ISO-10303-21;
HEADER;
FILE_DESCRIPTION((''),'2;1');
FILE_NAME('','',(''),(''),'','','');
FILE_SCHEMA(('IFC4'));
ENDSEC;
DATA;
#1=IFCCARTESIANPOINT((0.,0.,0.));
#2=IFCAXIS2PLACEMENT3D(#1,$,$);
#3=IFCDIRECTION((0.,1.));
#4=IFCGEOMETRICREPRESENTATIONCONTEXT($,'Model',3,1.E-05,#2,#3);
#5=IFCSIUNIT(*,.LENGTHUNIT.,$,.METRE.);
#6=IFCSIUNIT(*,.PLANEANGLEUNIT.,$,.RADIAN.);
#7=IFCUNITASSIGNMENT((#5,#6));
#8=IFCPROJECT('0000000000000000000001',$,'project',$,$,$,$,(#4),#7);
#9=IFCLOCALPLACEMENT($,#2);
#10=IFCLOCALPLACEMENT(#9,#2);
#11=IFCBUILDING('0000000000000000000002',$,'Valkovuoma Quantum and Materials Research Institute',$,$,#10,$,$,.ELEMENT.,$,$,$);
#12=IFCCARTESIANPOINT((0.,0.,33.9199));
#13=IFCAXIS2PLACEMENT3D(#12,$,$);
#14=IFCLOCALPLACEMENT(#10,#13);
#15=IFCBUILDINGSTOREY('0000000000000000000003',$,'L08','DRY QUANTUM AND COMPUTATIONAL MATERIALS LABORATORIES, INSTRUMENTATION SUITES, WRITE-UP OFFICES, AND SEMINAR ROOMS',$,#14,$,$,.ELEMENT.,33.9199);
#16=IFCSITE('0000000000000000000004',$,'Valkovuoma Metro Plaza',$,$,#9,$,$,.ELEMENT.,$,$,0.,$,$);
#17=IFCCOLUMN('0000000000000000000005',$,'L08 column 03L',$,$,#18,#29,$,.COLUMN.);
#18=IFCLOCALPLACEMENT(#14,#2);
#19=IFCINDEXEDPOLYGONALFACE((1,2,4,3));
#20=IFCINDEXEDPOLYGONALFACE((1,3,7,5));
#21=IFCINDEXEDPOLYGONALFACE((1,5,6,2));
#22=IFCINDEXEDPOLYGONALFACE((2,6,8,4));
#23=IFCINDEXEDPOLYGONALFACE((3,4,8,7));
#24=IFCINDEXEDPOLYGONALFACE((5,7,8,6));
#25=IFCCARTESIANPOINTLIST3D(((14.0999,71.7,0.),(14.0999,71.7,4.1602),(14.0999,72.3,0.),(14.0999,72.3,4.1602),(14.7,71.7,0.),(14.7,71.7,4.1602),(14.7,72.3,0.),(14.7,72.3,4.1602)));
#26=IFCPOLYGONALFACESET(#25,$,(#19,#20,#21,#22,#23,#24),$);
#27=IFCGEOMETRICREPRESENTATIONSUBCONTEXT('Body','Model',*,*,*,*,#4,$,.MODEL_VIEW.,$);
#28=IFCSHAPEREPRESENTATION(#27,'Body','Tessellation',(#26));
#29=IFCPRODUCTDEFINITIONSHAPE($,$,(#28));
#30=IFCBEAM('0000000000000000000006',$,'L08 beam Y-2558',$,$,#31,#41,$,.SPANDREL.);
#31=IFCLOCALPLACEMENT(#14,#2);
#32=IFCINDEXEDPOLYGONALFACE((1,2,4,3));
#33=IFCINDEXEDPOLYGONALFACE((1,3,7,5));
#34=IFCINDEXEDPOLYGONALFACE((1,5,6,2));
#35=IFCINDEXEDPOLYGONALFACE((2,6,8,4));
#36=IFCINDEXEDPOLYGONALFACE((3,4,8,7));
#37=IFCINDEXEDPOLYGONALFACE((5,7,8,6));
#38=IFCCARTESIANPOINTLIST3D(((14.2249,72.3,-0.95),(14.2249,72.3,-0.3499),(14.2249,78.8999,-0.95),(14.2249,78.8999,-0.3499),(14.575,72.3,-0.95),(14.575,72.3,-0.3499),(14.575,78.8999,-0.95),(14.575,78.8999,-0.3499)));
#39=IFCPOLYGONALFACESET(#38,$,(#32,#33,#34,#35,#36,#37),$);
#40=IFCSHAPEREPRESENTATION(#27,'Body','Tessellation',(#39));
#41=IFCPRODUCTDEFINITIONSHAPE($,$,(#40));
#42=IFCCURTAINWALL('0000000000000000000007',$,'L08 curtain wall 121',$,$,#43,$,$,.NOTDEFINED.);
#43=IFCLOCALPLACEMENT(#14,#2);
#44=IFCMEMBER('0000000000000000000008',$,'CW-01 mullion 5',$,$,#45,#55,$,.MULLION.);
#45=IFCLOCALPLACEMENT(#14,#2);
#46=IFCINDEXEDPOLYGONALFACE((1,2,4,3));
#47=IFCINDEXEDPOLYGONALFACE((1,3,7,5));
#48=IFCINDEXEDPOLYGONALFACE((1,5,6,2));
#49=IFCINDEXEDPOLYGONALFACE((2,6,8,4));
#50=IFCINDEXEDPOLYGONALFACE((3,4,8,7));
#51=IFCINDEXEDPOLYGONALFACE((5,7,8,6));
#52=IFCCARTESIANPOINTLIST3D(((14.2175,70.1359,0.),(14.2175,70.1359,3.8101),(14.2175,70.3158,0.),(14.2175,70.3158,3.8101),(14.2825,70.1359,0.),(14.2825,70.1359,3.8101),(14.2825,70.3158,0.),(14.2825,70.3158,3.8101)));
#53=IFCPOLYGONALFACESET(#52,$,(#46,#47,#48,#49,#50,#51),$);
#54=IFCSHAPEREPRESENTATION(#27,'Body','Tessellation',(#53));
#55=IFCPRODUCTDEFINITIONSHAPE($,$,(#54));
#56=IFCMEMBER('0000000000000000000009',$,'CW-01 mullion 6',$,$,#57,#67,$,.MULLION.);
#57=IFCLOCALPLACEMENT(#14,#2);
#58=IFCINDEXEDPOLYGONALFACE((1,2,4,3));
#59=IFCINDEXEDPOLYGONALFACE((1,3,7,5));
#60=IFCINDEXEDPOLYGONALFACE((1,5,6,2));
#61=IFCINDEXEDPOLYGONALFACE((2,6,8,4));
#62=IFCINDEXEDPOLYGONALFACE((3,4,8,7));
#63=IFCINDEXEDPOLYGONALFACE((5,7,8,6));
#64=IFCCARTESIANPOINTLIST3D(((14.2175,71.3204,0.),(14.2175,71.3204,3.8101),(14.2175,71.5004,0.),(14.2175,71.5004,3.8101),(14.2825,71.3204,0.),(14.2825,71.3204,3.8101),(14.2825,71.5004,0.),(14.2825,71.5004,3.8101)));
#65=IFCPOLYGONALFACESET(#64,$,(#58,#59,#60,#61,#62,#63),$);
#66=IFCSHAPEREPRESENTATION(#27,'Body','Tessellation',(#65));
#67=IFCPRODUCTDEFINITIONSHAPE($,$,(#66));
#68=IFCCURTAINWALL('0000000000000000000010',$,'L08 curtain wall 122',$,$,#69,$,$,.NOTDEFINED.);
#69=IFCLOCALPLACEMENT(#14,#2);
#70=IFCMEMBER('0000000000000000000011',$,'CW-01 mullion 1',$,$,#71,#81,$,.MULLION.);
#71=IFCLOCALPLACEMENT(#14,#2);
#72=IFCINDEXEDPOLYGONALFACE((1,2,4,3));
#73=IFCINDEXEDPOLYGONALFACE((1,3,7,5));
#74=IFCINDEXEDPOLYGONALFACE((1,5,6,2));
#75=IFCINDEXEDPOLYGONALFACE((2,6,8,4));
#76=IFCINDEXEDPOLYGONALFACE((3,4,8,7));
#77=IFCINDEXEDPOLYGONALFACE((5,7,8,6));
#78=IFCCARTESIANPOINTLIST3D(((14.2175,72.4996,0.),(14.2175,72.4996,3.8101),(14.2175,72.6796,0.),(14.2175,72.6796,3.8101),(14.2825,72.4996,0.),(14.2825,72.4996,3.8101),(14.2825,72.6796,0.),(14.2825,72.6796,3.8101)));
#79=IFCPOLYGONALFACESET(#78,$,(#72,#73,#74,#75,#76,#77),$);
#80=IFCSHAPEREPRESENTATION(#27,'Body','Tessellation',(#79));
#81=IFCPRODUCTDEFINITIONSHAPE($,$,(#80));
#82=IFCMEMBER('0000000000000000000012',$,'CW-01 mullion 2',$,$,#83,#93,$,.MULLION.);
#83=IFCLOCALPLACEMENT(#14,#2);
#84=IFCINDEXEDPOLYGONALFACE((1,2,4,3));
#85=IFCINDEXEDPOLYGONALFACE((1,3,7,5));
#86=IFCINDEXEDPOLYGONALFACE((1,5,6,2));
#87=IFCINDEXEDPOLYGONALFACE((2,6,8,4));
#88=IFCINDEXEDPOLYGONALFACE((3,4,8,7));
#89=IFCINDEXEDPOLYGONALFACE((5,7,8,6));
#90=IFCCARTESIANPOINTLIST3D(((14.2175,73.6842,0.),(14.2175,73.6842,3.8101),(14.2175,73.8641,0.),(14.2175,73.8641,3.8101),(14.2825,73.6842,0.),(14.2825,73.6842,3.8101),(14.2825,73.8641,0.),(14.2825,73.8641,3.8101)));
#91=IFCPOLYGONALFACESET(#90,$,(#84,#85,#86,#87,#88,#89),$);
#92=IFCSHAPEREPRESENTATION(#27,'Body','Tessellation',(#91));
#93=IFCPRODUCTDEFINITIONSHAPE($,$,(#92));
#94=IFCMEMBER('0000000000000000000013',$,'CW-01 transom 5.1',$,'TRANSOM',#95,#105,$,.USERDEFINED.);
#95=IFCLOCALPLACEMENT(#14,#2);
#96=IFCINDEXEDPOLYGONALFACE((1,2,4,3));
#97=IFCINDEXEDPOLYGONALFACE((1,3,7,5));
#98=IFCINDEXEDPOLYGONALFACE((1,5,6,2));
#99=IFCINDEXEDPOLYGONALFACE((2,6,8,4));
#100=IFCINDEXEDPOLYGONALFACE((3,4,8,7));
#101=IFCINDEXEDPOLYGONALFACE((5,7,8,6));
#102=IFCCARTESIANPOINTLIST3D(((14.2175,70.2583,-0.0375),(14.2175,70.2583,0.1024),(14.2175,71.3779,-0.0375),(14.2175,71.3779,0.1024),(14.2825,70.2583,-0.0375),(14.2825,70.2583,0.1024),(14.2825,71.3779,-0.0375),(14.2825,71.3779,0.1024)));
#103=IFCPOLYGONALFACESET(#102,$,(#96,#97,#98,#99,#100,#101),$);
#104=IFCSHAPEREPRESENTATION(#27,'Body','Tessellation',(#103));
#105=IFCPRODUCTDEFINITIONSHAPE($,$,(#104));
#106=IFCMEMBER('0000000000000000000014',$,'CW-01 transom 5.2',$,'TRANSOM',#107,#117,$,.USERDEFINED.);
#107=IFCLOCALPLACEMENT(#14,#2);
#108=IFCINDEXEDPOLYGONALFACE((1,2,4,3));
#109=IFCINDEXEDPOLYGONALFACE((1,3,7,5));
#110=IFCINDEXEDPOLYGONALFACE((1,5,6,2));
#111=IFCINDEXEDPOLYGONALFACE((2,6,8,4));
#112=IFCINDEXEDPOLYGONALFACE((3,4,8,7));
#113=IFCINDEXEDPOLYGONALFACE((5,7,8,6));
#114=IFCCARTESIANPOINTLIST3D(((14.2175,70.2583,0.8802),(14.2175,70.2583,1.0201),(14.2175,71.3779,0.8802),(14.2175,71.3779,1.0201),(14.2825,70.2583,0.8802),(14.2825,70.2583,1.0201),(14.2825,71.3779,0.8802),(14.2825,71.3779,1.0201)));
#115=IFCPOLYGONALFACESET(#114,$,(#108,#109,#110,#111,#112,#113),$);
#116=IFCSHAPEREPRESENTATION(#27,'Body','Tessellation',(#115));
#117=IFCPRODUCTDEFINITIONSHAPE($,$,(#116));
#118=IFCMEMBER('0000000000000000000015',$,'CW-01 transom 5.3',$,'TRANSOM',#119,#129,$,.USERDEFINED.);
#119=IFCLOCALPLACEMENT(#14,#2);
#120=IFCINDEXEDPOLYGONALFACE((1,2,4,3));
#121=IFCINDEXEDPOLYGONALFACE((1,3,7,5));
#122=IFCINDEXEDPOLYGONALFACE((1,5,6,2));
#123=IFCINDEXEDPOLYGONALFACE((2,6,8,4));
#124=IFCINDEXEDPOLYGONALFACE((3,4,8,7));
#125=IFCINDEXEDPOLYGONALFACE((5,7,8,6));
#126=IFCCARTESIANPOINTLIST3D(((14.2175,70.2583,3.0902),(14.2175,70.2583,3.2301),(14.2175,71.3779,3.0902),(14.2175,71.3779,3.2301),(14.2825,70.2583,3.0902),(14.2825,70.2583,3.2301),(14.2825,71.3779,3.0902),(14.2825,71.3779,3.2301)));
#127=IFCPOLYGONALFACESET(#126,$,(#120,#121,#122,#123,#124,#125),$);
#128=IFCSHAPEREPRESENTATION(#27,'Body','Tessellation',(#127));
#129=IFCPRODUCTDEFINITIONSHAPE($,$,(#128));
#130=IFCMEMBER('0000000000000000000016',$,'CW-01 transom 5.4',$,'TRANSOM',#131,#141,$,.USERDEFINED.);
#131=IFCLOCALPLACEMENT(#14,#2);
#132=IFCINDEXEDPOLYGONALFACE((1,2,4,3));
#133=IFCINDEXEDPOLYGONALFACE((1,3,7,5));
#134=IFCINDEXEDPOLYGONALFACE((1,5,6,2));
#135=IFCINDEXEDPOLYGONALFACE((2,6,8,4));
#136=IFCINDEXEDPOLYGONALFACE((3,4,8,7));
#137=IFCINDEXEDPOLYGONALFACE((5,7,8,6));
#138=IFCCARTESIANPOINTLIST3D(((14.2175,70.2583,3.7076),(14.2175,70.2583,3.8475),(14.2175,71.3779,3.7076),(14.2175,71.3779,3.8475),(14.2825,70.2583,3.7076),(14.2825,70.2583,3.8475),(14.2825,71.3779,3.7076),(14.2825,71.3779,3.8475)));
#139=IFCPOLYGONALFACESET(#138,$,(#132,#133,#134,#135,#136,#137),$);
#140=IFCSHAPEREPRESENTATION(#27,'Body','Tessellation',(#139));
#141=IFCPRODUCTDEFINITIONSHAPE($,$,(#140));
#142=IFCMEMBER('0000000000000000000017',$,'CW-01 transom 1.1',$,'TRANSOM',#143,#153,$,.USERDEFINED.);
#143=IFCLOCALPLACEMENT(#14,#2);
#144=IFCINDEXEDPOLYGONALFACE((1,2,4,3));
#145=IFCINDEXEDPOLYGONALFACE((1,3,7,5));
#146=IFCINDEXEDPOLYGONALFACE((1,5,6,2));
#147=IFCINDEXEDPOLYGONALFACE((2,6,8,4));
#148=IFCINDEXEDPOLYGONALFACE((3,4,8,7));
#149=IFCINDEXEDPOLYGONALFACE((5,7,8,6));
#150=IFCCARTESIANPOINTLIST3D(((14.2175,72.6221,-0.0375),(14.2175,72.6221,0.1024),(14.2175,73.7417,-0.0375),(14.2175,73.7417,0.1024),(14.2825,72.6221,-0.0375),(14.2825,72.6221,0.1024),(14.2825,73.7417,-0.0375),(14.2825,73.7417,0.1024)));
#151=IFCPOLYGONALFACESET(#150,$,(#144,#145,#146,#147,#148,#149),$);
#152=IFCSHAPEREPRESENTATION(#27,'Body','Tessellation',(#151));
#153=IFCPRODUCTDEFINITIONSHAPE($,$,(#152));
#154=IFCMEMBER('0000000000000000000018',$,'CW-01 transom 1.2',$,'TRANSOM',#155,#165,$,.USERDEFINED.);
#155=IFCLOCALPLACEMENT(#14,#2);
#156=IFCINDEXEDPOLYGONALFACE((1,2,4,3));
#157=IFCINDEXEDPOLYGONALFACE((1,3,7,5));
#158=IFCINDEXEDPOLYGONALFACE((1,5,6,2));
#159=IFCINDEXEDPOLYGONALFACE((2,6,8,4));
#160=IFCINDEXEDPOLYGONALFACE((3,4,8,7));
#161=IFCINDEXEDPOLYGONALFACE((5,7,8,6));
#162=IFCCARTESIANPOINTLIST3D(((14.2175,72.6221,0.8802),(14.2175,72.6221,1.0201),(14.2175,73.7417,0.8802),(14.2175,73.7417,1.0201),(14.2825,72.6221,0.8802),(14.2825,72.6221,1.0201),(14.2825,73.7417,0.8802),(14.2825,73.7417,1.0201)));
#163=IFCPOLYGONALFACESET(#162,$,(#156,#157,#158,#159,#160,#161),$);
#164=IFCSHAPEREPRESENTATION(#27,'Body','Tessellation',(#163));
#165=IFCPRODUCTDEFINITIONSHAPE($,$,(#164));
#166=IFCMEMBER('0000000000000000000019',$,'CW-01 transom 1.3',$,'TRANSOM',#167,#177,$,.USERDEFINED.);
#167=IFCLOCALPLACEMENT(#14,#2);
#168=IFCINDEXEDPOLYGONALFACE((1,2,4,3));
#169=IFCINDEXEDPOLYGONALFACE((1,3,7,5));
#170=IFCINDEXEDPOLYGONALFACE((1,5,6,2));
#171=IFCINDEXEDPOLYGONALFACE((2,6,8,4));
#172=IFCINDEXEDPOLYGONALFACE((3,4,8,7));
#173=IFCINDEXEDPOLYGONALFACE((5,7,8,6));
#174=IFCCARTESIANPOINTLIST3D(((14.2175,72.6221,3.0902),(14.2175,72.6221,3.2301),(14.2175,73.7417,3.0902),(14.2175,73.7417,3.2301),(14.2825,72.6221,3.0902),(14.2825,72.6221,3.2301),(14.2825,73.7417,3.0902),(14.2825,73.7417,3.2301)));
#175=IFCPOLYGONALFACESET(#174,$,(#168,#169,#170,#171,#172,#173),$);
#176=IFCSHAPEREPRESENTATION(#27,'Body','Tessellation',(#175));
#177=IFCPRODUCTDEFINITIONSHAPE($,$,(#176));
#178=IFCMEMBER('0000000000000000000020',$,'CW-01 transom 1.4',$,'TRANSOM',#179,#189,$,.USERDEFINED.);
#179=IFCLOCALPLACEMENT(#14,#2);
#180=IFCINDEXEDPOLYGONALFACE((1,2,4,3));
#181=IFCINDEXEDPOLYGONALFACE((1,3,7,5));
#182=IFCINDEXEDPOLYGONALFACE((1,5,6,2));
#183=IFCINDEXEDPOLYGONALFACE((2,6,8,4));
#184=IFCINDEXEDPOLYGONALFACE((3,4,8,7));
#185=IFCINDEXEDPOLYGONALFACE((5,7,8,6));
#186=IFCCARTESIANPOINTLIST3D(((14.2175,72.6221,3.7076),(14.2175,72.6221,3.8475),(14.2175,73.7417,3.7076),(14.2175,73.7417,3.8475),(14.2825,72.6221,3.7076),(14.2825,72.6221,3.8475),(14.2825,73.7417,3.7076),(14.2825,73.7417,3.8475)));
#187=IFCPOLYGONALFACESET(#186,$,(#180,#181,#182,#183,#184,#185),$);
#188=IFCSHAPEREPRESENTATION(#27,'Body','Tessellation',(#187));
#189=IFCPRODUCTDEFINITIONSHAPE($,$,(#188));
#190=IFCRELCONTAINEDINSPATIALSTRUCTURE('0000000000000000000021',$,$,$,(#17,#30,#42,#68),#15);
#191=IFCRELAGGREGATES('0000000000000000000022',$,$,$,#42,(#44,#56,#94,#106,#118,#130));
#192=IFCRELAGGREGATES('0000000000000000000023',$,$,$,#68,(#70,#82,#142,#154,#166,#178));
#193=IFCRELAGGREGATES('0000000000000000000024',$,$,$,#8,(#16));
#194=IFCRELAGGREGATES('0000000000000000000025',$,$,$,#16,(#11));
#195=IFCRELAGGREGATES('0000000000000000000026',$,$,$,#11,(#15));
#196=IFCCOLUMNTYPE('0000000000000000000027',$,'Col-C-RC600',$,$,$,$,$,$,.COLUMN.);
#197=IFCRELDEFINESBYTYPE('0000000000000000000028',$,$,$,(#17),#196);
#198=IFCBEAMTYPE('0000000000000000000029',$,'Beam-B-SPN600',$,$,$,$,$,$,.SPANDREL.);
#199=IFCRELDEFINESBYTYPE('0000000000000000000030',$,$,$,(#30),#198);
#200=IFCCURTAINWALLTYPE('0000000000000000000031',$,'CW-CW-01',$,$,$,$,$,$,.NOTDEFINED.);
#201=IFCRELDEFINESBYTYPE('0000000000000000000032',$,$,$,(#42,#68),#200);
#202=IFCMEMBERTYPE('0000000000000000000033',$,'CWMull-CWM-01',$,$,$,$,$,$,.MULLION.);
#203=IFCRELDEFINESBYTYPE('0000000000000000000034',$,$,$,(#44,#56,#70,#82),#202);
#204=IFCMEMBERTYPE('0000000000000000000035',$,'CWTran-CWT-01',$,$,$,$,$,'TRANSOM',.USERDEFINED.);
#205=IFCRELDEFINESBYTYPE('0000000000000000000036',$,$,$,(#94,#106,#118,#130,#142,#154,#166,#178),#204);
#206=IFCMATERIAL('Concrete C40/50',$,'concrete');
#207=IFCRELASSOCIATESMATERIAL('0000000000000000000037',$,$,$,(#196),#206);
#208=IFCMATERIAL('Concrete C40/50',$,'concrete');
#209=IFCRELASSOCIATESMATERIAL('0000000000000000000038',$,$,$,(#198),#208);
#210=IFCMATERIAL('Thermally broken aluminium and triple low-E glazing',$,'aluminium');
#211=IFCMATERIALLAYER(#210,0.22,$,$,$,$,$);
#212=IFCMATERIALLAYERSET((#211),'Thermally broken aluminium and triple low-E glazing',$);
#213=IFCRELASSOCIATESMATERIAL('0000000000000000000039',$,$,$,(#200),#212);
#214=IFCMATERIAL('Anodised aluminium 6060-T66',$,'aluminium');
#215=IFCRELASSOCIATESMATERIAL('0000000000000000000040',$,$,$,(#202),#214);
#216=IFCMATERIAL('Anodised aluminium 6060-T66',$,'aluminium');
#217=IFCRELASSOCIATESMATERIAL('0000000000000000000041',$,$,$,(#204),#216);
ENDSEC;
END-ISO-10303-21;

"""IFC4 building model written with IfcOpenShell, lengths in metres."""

from ifc_helpers import new_model, si_unit, direction, frame, origin, origin_2d, place, context, subcontext, project, spatial, rectangle, extrude, material, layer, layer_set, material_profile, profile_set, type_object, element, aggregate, save


model = new_model("IFC4")

# Units and contexts
model_context = context("Model", 3, precision=1e-05, world=origin(), true_north=direction((0.0, 1.0)))
body_context = subcontext(model_context, "Body", "Model", "MODEL_VIEW")
ifc_project = project(units=[si_unit("LENGTHUNIT", "METRE"), si_unit("PLANEANGLEUNIT", "RADIAN")], contexts=[model_context])

# Site, building, storey
site_placement = place(None, origin())
site = spatial("IfcSite", under=ifc_project, at=site_placement, Name="Valkovuoma Metro Plaza", CompositionType="ELEMENT", RefElevation=0.0)
building_placement = place(site_placement, origin())
building = spatial("IfcBuilding", under=site, at=building_placement, Name="Valkovuoma Quantum and Materials Research Institute", CompositionType="ELEMENT")
storey_placement = place(building_placement, frame((0.0, 0.0, 33.9199)))
storey = spatial("IfcBuildingStorey", under=building, at=storey_placement, Name="L08", Description="DRY QUANTUM AND COMPUTATIONAL MATERIALS LABORATORIES, INSTRUMENTATION SUITES, WRITE-UP OFFICES, AND SEMINAR ROOMS", CompositionType="ELEMENT", Elevation=33.9199)

# Column
ifc_material_1 = material(Name="Concrete C40/50", Category="concrete")
ifc_material_profile_1 = material_profile(ifc_material_1, rectangle(XDim=0.6001, YDim=0.6001, at=origin_2d()), Name="Concrete C40/50")
ifc_profile_set_1 = profile_set([ifc_material_profile_1], Name="Concrete C40/50")
column_type = type_object("IfcColumnType", Name="Col-C-RC600", PredefinedType="COLUMN", material=ifc_profile_set_1)
column_placement = place(storey_placement, frame((14.3999, 72.0, 0.0), z_axis=(0.0, 0.0, 1.0), x_axis=(1.0, 0.0, 0.0)))
element("IfcColumn", 1, at=column_placement, inside=storey, type_object=column_type, Name="L08 column 03L", PredefinedType="COLUMN", context=body_context, shape_type="SweptSolid", body=[
    extrude(rectangle(XDim=0.6001, YDim=0.6001, at=origin_2d()), origin(), (0.0, 0.0, 1.0), 4.1602),
])

# Beam
ifc_material_2 = material(Name="Concrete C40/50", Category="concrete")
ifc_material_profile_2 = material_profile(ifc_material_2, rectangle(XDim=0.3501, YDim=0.6001, at=origin_2d()), Name="Concrete C40/50")
ifc_profile_set_2 = profile_set([ifc_material_profile_2], Name="Concrete C40/50")
beam_type = type_object("IfcBeamType", Name="Beam-B-SPN600", PredefinedType="SPANDREL", material=ifc_profile_set_2)
beam_placement = place(storey_placement, frame((14.3999, 72.3, -0.6499), z_axis=(0.0, 1.0, 0.0), x_axis=(-1.0, 0.0, 0.0)))
element("IfcBeam", 2, at=beam_placement, inside=storey, type_object=beam_type, Name="L08 beam Y-2558", PredefinedType="SPANDREL", context=body_context, shape_type="SweptSolid", body=[
    extrude(rectangle(XDim=0.3501, YDim=0.6001, at=origin_2d()), origin(), (0.0, 0.0, 1.0), 6.5999),
])

# Curtain walls, members
ifc_material_3 = material(Name="Thermally broken aluminium and triple low-E glazing", Category="aluminium")
ifc_layer_1 = layer(ifc_material_3, 0.22)
ifc_layer_set_1 = layer_set([ifc_layer_1], Name="Thermally broken aluminium and triple low-E glazing")
curtain_wall_type = type_object("IfcCurtainWallType", Name="CW-CW-01", PredefinedType="NOTDEFINED", material=ifc_layer_set_1)
curtain_wall_1_placement = place(storey_placement, origin())
curtain_wall_1 = element("IfcCurtainWall", 3, at=curtain_wall_1_placement, inside=storey, type_object=curtain_wall_type, Name="L08 curtain wall 121", PredefinedType="NOTDEFINED")
ifc_material_4 = material(Name="Anodised aluminium 6060-T66", Category="aluminium")
ifc_material_profile_3 = material_profile(ifc_material_4, rectangle(XDim=0.0649, YDim=0.1799, at=origin_2d()), Name="Anodised aluminium 6060-T66")
ifc_profile_set_3 = profile_set([ifc_material_profile_3], Name="Anodised aluminium 6060-T66")
member_type_1 = type_object("IfcMemberType", Name="CWMull-CWM-01", PredefinedType="MULLION", material=ifc_profile_set_3)
member_1_placement = place(storey_placement, frame((14.25, 70.2258, 0.0), z_axis=(0.0, 0.0, 1.0), x_axis=(-1.0, 0.0, 0.0)))
member_1 = element("IfcMember", 4, at=member_1_placement, type_object=member_type_1, Name="CW-01 mullion 5", PredefinedType="MULLION", context=body_context, shape_type="SweptSolid", body=[
    extrude(rectangle(XDim=0.0649, YDim=0.1799, at=origin_2d()), origin(), (0.0, 0.0, 1.0), 3.8101),
])
member_2_placement = place(storey_placement, frame((14.25, 71.4104, 0.0), z_axis=(0.0, 0.0, 1.0), x_axis=(-1.0, 0.0, 0.0)))
member_2 = element("IfcMember", 5, at=member_2_placement, type_object=member_type_1, Name="CW-01 mullion 6", PredefinedType="MULLION", context=body_context, shape_type="SweptSolid", body=[
    extrude(rectangle(XDim=0.0649, YDim=0.1799, at=origin_2d()), origin(), (0.0, 0.0, 1.0), 3.8101),
])
curtain_wall_2_placement = place(storey_placement, origin())
curtain_wall_2 = element("IfcCurtainWall", 6, at=curtain_wall_2_placement, inside=storey, type_object=curtain_wall_type, Name="L08 curtain wall 122", PredefinedType="NOTDEFINED")
member_3_placement = place(storey_placement, frame((14.25, 72.5896, 0.0), z_axis=(0.0, 0.0, 1.0), x_axis=(-1.0, 0.0, 0.0)))
member_3 = element("IfcMember", 7, at=member_3_placement, type_object=member_type_1, Name="CW-01 mullion 1", PredefinedType="MULLION", context=body_context, shape_type="SweptSolid", body=[
    extrude(rectangle(XDim=0.0649, YDim=0.1799, at=origin_2d()), origin(), (0.0, 0.0, 1.0), 3.8101),
])
member_4_placement = place(storey_placement, frame((14.25, 73.7742, 0.0), z_axis=(0.0, 0.0, 1.0), x_axis=(-1.0, 0.0, 0.0)))
member_4 = element("IfcMember", 8, at=member_4_placement, type_object=member_type_1, Name="CW-01 mullion 2", PredefinedType="MULLION", context=body_context, shape_type="SweptSolid", body=[
    extrude(rectangle(XDim=0.0649, YDim=0.1799, at=origin_2d()), origin(), (0.0, 0.0, 1.0), 3.8101),
])

# Members
ifc_material_5 = material(Name="Anodised aluminium 6060-T66", Category="aluminium")
ifc_material_profile_4 = material_profile(ifc_material_5, rectangle(XDim=0.0649, YDim=0.1399, at=origin_2d()), Name="Anodised aluminium 6060-T66")
ifc_profile_set_4 = profile_set([ifc_material_profile_4], Name="Anodised aluminium 6060-T66")
member_type_2 = type_object("IfcMemberType", Name="CWTran-CWT-01", ElementType="TRANSOM", PredefinedType="USERDEFINED", material=ifc_profile_set_4)
member_5_placement = place(storey_placement, frame((14.25, 70.2583, 0.0325), z_axis=(0.0, 1.0, 0.0), x_axis=(-1.0, 0.0, 0.0)))
member_5 = element("IfcMember", 9, at=member_5_placement, type_object=member_type_2, Name="CW-01 transom 5.1", ObjectType="TRANSOM", PredefinedType="USERDEFINED", context=body_context, shape_type="SweptSolid", body=[
    extrude(rectangle(XDim=0.0649, YDim=0.1399, at=origin_2d()), origin(), (0.0, 0.0, 1.0), 1.1196),
])
member_6_placement = place(storey_placement, frame((14.25, 70.2583, 0.9502), z_axis=(0.0, 1.0, 0.0), x_axis=(-1.0, 0.0, 0.0)))
member_6 = element("IfcMember", 10, at=member_6_placement, type_object=member_type_2, Name="CW-01 transom 5.2", ObjectType="TRANSOM", PredefinedType="USERDEFINED", context=body_context, shape_type="SweptSolid", body=[
    extrude(rectangle(XDim=0.0649, YDim=0.1399, at=origin_2d()), origin(), (0.0, 0.0, 1.0), 1.1196),
])
member_7_placement = place(storey_placement, frame((14.25, 70.2583, 3.1602), z_axis=(0.0, 1.0, 0.0), x_axis=(-1.0, 0.0, 0.0)))
member_7 = element("IfcMember", 11, at=member_7_placement, type_object=member_type_2, Name="CW-01 transom 5.3", ObjectType="TRANSOM", PredefinedType="USERDEFINED", context=body_context, shape_type="SweptSolid", body=[
    extrude(rectangle(XDim=0.0649, YDim=0.1399, at=origin_2d()), origin(), (0.0, 0.0, 1.0), 1.1196),
])
member_8_placement = place(storey_placement, frame((14.25, 70.2583, 3.7776), z_axis=(0.0, 1.0, 0.0), x_axis=(-1.0, 0.0, 0.0)))
member_8 = element("IfcMember", 12, at=member_8_placement, type_object=member_type_2, Name="CW-01 transom 5.4", ObjectType="TRANSOM", PredefinedType="USERDEFINED", context=body_context, shape_type="SweptSolid", body=[
    extrude(rectangle(XDim=0.0649, YDim=0.1399, at=origin_2d()), origin(), (0.0, 0.0, 1.0), 1.1196),
])
member_9_placement = place(storey_placement, frame((14.25, 72.6221, 0.0325), z_axis=(0.0, 1.0, 0.0), x_axis=(-1.0, 0.0, 0.0)))
member_9 = element("IfcMember", 13, at=member_9_placement, type_object=member_type_2, Name="CW-01 transom 1.1", ObjectType="TRANSOM", PredefinedType="USERDEFINED", context=body_context, shape_type="SweptSolid", body=[
    extrude(rectangle(XDim=0.0649, YDim=0.1399, at=origin_2d()), origin(), (0.0, 0.0, 1.0), 1.1196),
])
member_10_placement = place(storey_placement, frame((14.25, 72.6221, 0.9502), z_axis=(0.0, 1.0, 0.0), x_axis=(-1.0, 0.0, 0.0)))
member_10 = element("IfcMember", 14, at=member_10_placement, type_object=member_type_2, Name="CW-01 transom 1.2", ObjectType="TRANSOM", PredefinedType="USERDEFINED", context=body_context, shape_type="SweptSolid", body=[
    extrude(rectangle(XDim=0.0649, YDim=0.1399, at=origin_2d()), origin(), (0.0, 0.0, 1.0), 1.1196),
])
member_11_placement = place(storey_placement, frame((14.25, 72.6221, 3.1602), z_axis=(0.0, 1.0, 0.0), x_axis=(-1.0, 0.0, 0.0)))
member_11 = element("IfcMember", 15, at=member_11_placement, type_object=member_type_2, Name="CW-01 transom 1.3", ObjectType="TRANSOM", PredefinedType="USERDEFINED", context=body_context, shape_type="SweptSolid", body=[
    extrude(rectangle(XDim=0.0649, YDim=0.1399, at=origin_2d()), origin(), (0.0, 0.0, 1.0), 1.1196),
])
member_12_placement = place(storey_placement, frame((14.25, 72.6221, 3.7776), z_axis=(0.0, 1.0, 0.0), x_axis=(-1.0, 0.0, 0.0)))
member_12 = element("IfcMember", 16, at=member_12_placement, type_object=member_type_2, Name="CW-01 transom 1.4", ObjectType="TRANSOM", PredefinedType="USERDEFINED", context=body_context, shape_type="SweptSolid", body=[
    extrude(rectangle(XDim=0.0649, YDim=0.1399, at=origin_2d()), origin(), (0.0, 0.0, 1.0), 1.1196),
])

aggregate(curtain_wall_1, [member_1, member_2, member_5, member_6, member_7, member_8])
aggregate(curtain_wall_2, [member_3, member_4, member_9, member_10, member_11, member_12])

save(model, "model.ifc")
